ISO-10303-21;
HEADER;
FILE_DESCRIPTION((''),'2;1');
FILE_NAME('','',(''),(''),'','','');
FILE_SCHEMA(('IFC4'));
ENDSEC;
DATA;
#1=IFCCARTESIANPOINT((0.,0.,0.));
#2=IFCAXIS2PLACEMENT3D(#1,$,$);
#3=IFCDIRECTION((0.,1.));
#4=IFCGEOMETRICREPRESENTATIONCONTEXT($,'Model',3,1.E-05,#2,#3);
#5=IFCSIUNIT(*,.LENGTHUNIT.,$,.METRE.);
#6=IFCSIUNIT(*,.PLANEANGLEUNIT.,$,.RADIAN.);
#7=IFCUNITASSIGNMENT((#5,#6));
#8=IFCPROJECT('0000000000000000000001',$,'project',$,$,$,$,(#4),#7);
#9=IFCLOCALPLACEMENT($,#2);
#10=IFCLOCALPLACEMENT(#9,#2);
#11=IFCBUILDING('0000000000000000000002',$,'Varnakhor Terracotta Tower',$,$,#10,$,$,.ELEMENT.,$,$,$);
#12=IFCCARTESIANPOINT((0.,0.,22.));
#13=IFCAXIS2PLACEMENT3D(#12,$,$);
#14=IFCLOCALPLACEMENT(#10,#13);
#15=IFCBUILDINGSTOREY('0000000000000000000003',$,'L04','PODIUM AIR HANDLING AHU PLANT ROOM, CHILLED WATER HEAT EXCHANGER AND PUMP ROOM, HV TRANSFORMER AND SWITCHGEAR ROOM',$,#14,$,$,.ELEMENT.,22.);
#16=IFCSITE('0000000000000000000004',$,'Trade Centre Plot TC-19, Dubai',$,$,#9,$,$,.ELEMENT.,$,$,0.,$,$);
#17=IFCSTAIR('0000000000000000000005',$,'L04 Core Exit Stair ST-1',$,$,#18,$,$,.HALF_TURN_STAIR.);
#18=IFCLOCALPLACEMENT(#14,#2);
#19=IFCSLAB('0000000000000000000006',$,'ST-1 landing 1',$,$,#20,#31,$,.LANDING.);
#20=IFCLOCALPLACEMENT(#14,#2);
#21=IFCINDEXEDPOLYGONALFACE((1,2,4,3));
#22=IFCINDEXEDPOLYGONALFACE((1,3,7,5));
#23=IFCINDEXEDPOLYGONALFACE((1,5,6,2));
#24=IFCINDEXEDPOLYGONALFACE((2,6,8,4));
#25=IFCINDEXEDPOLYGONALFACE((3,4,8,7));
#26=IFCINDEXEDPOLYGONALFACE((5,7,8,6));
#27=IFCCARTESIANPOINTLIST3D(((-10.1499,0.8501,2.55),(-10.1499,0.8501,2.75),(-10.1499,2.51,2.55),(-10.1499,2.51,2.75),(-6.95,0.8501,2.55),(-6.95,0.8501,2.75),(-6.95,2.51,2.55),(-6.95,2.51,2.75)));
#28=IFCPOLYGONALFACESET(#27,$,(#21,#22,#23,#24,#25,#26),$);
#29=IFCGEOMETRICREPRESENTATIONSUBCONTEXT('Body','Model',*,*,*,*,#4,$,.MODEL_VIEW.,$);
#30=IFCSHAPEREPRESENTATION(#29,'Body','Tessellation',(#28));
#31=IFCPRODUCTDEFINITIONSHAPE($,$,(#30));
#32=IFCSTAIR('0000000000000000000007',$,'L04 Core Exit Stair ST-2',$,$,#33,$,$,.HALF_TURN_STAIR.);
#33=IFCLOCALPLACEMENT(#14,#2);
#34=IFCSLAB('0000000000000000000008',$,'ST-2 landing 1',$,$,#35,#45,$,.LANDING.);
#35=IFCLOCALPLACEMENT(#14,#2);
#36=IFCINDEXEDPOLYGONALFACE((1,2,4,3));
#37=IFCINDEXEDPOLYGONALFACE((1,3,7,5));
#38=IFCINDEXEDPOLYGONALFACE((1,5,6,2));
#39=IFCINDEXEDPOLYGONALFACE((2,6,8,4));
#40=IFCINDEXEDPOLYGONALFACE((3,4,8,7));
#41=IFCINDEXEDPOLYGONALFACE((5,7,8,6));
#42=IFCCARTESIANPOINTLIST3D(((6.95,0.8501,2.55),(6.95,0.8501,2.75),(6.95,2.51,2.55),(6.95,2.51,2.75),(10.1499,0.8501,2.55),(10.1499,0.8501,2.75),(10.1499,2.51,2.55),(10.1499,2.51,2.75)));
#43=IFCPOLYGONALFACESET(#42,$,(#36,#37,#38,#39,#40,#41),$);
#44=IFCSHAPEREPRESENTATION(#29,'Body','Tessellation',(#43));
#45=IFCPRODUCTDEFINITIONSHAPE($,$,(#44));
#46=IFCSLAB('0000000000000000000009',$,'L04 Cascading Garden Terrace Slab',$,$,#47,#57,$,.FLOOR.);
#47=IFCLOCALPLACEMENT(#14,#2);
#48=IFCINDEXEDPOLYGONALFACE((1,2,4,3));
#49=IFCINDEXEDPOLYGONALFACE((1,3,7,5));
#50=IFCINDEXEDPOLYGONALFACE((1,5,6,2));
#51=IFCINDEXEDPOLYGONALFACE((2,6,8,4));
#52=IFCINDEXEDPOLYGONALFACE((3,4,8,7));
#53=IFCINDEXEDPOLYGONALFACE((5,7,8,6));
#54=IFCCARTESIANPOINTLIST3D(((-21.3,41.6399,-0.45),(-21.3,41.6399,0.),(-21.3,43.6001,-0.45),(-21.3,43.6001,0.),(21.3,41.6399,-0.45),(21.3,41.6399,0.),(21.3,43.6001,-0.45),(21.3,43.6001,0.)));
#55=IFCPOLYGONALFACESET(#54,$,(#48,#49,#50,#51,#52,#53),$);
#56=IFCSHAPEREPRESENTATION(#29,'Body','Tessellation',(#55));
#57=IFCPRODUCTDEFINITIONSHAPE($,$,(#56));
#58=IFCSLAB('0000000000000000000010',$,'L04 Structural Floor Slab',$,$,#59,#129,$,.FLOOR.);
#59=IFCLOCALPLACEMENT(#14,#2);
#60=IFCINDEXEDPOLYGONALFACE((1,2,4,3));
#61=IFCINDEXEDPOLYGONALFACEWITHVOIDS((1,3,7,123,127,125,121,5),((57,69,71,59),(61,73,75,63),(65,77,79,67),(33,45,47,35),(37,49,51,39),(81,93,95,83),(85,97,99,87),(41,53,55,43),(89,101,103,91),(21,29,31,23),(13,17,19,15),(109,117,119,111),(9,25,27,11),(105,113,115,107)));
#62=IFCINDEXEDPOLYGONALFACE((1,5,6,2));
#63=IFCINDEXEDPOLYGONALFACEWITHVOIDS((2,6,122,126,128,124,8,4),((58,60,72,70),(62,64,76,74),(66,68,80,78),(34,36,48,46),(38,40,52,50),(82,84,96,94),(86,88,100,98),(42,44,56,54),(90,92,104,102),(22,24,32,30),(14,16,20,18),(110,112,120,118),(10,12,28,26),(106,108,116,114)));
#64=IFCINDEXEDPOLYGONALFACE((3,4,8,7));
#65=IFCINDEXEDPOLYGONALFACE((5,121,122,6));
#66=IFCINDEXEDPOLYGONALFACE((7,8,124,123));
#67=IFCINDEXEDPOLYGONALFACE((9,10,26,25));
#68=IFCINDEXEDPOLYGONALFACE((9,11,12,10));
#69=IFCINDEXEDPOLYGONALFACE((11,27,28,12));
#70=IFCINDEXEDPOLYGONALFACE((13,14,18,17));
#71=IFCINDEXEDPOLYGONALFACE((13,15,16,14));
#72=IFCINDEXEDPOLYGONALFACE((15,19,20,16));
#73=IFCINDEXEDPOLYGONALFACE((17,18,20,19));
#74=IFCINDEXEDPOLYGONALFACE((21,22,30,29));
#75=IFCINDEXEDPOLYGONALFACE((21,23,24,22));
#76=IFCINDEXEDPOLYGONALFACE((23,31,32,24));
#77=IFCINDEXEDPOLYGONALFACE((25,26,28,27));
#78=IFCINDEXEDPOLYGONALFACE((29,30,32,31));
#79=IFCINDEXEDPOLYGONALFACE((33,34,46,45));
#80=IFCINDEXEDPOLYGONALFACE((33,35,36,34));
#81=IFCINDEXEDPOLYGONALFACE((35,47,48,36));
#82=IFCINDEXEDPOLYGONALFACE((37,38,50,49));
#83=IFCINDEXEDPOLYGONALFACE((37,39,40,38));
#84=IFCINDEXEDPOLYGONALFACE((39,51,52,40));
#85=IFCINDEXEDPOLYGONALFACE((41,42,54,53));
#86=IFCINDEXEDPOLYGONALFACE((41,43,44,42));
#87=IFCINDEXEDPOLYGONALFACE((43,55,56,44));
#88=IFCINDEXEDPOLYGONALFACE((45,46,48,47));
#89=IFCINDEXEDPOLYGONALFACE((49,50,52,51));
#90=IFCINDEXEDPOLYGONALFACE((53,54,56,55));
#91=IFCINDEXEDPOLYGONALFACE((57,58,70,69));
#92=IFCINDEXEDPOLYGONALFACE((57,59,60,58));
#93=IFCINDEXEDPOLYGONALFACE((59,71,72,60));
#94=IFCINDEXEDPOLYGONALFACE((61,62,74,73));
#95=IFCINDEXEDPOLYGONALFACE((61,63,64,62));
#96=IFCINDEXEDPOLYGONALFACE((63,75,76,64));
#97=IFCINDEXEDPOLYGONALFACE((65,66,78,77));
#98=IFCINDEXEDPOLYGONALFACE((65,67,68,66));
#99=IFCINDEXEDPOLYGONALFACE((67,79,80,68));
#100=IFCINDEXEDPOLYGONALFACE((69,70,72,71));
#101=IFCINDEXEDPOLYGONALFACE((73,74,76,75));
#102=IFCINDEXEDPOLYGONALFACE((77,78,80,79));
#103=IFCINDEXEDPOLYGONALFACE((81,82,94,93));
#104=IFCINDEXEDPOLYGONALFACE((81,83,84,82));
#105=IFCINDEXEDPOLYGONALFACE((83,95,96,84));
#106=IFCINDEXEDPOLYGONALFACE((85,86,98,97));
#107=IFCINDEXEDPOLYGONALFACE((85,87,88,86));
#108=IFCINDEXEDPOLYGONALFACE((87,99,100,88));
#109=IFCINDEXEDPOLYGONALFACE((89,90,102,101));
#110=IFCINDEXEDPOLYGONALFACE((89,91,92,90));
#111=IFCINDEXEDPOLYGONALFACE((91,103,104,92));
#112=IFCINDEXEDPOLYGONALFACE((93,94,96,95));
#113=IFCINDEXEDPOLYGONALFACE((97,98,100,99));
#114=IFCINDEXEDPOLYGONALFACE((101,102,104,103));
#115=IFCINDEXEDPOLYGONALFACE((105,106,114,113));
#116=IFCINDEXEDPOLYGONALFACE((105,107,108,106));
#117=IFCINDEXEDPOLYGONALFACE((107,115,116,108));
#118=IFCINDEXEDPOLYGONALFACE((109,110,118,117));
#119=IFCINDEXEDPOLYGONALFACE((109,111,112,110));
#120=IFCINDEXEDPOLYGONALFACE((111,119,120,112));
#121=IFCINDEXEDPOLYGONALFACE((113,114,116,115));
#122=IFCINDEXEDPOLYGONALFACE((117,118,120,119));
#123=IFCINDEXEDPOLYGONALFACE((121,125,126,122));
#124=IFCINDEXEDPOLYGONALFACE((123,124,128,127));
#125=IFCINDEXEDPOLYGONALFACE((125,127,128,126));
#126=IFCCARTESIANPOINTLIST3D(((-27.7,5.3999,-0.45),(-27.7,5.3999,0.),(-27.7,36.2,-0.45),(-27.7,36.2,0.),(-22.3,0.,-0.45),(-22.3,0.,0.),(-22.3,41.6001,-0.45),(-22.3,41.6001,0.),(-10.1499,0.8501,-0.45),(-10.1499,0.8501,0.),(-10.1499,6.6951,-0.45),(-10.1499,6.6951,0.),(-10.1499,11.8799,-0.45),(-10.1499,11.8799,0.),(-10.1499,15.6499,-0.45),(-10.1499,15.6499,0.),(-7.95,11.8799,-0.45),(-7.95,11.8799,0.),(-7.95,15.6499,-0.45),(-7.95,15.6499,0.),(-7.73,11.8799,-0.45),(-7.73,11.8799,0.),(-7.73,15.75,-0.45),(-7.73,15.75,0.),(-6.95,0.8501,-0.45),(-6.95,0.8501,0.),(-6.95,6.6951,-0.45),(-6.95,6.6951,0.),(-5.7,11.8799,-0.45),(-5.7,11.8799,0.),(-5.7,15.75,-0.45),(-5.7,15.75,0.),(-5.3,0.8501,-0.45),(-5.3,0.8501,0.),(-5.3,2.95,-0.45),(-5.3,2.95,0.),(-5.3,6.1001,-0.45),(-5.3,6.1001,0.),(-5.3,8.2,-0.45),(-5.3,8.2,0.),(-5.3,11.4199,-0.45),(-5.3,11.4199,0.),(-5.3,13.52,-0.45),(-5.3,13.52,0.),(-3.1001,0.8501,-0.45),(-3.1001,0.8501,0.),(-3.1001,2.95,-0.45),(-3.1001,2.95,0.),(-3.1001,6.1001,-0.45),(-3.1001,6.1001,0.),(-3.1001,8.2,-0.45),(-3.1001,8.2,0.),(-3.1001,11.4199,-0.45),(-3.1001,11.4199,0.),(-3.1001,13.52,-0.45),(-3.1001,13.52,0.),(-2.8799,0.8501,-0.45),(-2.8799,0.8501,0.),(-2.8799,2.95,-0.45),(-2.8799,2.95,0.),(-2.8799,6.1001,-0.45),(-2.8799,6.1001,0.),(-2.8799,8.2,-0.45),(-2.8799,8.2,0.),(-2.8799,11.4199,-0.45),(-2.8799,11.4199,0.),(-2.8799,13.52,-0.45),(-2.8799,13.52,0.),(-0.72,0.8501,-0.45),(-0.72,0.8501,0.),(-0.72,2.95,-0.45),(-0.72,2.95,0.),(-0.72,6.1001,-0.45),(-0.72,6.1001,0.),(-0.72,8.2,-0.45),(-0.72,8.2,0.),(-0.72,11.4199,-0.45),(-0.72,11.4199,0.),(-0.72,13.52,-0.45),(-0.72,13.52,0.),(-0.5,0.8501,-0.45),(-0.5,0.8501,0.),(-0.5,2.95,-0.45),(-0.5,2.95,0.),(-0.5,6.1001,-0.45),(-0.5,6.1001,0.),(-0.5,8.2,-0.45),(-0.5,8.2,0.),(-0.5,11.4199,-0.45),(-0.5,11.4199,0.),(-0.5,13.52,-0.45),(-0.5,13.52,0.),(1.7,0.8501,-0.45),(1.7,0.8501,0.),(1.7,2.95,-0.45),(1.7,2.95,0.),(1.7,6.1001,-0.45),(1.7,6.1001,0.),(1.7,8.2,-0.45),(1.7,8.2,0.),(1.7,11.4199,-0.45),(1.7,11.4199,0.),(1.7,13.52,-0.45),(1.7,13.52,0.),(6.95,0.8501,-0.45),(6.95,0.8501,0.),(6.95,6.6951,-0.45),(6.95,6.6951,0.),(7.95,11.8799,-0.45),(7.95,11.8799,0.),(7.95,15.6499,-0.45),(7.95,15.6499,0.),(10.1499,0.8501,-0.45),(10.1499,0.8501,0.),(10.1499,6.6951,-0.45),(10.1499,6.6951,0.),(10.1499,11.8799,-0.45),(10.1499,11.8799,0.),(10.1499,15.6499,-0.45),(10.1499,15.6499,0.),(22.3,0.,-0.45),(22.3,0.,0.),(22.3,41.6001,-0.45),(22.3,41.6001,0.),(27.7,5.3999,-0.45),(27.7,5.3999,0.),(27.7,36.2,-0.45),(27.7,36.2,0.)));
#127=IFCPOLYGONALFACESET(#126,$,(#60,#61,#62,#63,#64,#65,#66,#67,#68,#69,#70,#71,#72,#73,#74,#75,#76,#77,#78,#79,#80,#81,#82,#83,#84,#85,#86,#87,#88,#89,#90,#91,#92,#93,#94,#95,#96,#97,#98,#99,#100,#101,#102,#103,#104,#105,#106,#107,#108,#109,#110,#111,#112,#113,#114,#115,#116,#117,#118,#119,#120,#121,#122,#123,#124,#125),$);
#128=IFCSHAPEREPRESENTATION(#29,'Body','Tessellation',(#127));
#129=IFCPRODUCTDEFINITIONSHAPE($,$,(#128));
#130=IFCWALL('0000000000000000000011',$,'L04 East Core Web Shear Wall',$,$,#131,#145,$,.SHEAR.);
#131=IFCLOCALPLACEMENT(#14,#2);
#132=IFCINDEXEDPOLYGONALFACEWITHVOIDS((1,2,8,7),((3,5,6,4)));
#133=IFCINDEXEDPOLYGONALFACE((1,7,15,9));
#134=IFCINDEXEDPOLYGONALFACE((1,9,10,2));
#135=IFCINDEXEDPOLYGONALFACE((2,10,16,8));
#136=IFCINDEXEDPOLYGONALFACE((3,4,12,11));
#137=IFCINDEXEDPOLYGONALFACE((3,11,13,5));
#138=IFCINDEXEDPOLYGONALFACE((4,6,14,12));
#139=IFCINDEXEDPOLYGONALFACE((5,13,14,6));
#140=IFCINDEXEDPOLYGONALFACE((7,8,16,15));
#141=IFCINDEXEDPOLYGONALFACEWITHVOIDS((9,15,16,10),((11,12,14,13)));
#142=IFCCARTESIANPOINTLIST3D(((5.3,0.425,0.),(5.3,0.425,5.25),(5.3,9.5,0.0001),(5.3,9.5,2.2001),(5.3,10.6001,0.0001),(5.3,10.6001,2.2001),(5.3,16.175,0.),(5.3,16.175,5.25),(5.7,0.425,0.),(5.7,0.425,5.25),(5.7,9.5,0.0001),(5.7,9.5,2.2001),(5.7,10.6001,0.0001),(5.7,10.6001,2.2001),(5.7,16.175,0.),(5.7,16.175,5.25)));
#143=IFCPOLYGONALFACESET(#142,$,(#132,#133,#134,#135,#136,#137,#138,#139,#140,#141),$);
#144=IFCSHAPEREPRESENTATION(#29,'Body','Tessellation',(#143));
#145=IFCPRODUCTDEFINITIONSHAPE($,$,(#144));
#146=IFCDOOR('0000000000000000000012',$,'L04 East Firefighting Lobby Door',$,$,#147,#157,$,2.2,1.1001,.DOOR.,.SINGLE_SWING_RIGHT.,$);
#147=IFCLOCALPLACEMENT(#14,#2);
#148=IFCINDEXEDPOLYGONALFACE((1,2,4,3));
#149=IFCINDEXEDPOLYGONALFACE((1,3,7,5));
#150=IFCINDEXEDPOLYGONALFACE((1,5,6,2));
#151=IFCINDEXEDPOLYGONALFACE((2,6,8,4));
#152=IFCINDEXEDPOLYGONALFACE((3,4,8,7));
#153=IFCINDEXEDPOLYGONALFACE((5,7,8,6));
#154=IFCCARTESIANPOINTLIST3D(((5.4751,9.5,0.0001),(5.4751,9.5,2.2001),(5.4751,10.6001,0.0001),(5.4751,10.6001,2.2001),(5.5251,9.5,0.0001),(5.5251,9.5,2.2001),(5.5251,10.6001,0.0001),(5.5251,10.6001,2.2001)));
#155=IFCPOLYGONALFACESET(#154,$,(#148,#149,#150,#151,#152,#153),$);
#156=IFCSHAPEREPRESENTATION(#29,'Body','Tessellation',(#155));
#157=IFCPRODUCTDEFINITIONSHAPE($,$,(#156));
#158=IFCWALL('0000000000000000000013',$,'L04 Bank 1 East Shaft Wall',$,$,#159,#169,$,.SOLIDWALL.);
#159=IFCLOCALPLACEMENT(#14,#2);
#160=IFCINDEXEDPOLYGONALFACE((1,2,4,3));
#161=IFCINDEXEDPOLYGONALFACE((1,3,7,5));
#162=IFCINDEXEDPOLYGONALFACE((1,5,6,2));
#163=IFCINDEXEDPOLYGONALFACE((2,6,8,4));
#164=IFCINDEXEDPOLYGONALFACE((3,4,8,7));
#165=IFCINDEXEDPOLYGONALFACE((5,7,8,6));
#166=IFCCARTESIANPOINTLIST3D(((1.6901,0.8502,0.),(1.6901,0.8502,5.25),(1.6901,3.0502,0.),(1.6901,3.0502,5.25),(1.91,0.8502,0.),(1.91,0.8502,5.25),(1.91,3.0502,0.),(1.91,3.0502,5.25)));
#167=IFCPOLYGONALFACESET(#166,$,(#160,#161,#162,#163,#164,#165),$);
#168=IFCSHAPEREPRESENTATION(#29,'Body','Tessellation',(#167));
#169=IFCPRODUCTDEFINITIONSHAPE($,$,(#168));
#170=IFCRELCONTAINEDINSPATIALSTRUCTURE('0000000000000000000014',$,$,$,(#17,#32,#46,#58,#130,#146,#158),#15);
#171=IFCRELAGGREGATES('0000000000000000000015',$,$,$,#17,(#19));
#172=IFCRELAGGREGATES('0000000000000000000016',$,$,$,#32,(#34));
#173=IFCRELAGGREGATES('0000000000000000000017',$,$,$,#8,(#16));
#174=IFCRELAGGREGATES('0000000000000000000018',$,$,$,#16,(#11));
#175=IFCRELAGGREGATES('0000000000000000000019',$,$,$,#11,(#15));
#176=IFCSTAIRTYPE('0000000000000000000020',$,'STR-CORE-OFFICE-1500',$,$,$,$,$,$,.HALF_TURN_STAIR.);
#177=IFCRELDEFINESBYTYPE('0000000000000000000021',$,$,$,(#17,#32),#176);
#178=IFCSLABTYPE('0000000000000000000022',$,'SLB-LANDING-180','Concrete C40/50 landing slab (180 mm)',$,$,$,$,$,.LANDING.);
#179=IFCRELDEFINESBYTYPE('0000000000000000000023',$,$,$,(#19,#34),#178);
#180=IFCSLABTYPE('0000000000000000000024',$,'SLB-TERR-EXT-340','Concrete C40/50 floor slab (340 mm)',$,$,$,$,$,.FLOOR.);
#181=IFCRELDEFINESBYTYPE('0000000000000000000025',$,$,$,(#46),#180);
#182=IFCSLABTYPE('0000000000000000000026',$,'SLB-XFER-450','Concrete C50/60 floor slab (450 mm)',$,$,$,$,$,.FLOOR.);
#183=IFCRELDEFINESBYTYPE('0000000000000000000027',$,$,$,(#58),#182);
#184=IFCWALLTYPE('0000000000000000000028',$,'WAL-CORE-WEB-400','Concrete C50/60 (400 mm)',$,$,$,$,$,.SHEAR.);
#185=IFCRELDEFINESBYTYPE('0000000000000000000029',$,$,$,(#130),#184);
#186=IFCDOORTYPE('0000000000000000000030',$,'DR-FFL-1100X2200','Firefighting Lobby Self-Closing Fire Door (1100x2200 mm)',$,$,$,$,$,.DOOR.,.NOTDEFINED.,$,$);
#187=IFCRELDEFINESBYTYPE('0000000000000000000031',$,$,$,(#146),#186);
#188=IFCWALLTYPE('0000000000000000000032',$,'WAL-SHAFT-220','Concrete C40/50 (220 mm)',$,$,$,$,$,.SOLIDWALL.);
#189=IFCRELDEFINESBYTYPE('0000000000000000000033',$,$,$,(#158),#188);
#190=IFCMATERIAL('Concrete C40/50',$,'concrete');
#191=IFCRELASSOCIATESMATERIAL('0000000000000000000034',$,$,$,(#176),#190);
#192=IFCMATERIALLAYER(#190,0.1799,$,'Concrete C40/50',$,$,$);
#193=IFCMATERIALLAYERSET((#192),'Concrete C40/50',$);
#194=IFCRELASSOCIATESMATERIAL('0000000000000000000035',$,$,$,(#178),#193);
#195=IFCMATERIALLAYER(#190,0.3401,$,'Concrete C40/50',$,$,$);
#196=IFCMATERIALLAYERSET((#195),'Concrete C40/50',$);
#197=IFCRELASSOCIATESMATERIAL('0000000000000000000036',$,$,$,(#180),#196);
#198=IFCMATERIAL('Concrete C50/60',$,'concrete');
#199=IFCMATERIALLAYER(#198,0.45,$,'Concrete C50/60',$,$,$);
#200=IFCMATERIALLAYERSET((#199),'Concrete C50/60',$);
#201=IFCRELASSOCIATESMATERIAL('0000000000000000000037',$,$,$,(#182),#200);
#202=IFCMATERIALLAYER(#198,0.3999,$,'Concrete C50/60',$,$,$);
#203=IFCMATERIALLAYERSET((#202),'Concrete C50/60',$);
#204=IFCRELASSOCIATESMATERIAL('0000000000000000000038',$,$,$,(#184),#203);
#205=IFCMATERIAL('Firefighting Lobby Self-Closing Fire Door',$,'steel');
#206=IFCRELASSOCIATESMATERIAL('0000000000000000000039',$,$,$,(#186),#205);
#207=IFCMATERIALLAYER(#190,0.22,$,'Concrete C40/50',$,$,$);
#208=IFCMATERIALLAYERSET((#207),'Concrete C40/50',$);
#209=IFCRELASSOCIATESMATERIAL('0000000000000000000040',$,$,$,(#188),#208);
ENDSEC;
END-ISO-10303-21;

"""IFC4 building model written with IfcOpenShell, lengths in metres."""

from ifc_helpers import new_model, si_unit, direction, frame, frame_2d, origin, place, context, subcontext, project, spatial, polyline, rectangle, outline, extrude, source, transform, mapped, material, layer, layer_set, type_object, type_shapes, element, fill, aggregate, save


model = new_model("IFC4")

# Units and contexts
model_context = context("Model", 3, precision=1e-05, world=origin(), true_north=direction((0.0, 1.0)))
body_context = subcontext(model_context, "Body", "Model", "MODEL_VIEW")
ifc_project = project(units=[si_unit("LENGTHUNIT", "METRE"), si_unit("PLANEANGLEUNIT", "RADIAN")], contexts=[model_context])

# Site, building, storey
site_placement = place(None, origin())
site = spatial("IfcSite", under=ifc_project, at=site_placement, Name="Trade Centre Plot TC-19, Dubai", CompositionType="ELEMENT", RefElevation=0.0)
building_placement = place(site_placement, origin())
building = spatial("IfcBuilding", under=site, at=building_placement, Name="Varnakhor Terracotta Tower", CompositionType="ELEMENT")
storey_placement = place(building_placement, frame((0.0, 0.0, 22.0)))
storey = spatial("IfcBuildingStorey", under=building, at=storey_placement, Name="L04", Description="PODIUM AIR HANDLING AHU PLANT ROOM, CHILLED WATER HEAT EXCHANGER AND PUMP ROOM, HV TRANSFORMER AND SWITCHGEAR ROOM", CompositionType="ELEMENT", Elevation=22.0)

# Stairs, slabs
ifc_material_1 = material(Name="Concrete C40/50", Category="concrete")
stair_type = type_object("IfcStairType", Name="STR-CORE-OFFICE-1500", PredefinedType="HALF_TURN_STAIR", material=ifc_material_1)
stair_1_placement = place(storey_placement, origin())
stair_1 = element("IfcStair", 1, at=stair_1_placement, inside=storey, type_object=stair_type, Name="L04 Core Exit Stair ST-1", PredefinedType="HALF_TURN_STAIR")
ifc_layer_1 = layer(ifc_material_1, 0.1799, Name="Concrete C40/50")
ifc_layer_set_1 = layer_set([ifc_layer_1], Name="Concrete C40/50")
slab_type_1 = type_object("IfcSlabType", Name="SLB-LANDING-180", Description="Concrete C40/50 landing slab (180 mm)", PredefinedType="LANDING", material=ifc_layer_set_1)
slab_1_placement = place(storey_placement, frame((0.0, 0.0, 2.55)))
slab_1 = element("IfcSlab", 2, at=slab_1_placement, type_object=slab_type_1, Name="ST-1 landing 1", PredefinedType="LANDING", context=body_context, shape_type="SweptSolid", body=[
    extrude(outline(polyline([(-10.1499, 2.51), (-10.1499, 0.8501), (-6.95, 0.8501), (-6.95, 2.51), (-10.1499, 2.51)])), origin(), (0.0, 0.0, 1.0), 0.2),
])
aggregate(stair_1, [slab_1])
stair_2_placement = place(storey_placement, origin())
stair_2 = element("IfcStair", 3, at=stair_2_placement, inside=storey, type_object=stair_type, Name="L04 Core Exit Stair ST-2", PredefinedType="HALF_TURN_STAIR")
slab_2_placement = place(storey_placement, frame((0.0, 0.0, 2.55)))
slab_2 = element("IfcSlab", 4, at=slab_2_placement, type_object=slab_type_1, Name="ST-2 landing 1", PredefinedType="LANDING", context=body_context, shape_type="SweptSolid", body=[
    extrude(outline(polyline([(6.95, 2.51), (6.95, 0.8501), (10.1499, 0.8501), (10.1499, 2.51), (6.95, 2.51)])), origin(), (0.0, 0.0, 1.0), 0.2),
])
aggregate(stair_2, [slab_2])

# Slabs
ifc_layer_2 = layer(ifc_material_1, 0.3401, Name="Concrete C40/50")
ifc_layer_set_2 = layer_set([ifc_layer_2], Name="Concrete C40/50")
slab_type_2 = type_object("IfcSlabType", Name="SLB-TERR-EXT-340", Description="Concrete C40/50 floor slab (340 mm)", PredefinedType="FLOOR", material=ifc_layer_set_2)
slab_3_placement = place(storey_placement, frame((0.0, 0.0, -0.45)))
element("IfcSlab", 5, at=slab_3_placement, inside=storey, type_object=slab_type_2, Name="L04 Cascading Garden Terrace Slab", PredefinedType="FLOOR", context=body_context, shape_type="SweptSolid", body=[
    extrude(outline(polyline([(-21.3, 43.6001), (21.3, 43.6001), (21.3, 41.6399), (-21.3, 41.6399), (-21.3, 43.6001)])), origin(), (0.0, 0.0, 1.0), 0.45),
])
ifc_material_2 = material(Name="Concrete C50/60", Category="concrete")
ifc_layer_3 = layer(ifc_material_2, 0.45, Name="Concrete C50/60")
ifc_layer_set_3 = layer_set([ifc_layer_3], Name="Concrete C50/60")
slab_type_3 = type_object("IfcSlabType", Name="SLB-XFER-450", Description="Concrete C50/60 floor slab (450 mm)", PredefinedType="FLOOR", material=ifc_layer_set_3)
slab_4_placement = place(storey_placement, frame((0.0, 0.0, -0.45)))
element("IfcSlab", 6, at=slab_4_placement, inside=storey, type_object=slab_type_3, Name="L04 Structural Floor Slab", PredefinedType="FLOOR", context=body_context, shape_type="SweptSolid", body=[
    extrude(outline(polyline([(-27.7, 5.3999), (-27.7, 36.2), (-22.3, 41.6001), (22.3, 41.6001), (27.7, 36.2), (27.7, 5.3999), (22.3, 0.0), (-22.3, 0.0), (-27.7, 5.3999)]), holes=[polyline([(-3.1001, 0.8501), (-3.1001, 2.95), (-5.3, 2.95), (-5.3, 0.8501), (-3.1001, 0.8501)]), polyline([(-2.8799, 0.8501), (-0.72, 0.8501), (-0.72, 2.95), (-2.8799, 2.95), (-2.8799, 0.8501)]), polyline([(-10.1499, 0.8501), (-6.95, 0.8501), (-6.95, 6.6951), (-10.1499, 6.6951), (-10.1499, 0.8501)]), polyline([(-5.3, 6.1001), (-3.1001, 6.1001), (-3.1001, 8.2), (-5.3, 8.2), (-5.3, 6.1001)]), polyline([(-5.3, 11.4199), (-3.1001, 11.4199), (-3.1001, 13.52), (-5.3, 13.52), (-5.3, 11.4199)]), polyline([(-10.1499, 11.8799), (-7.95, 11.8799), (-7.95, 15.6499), (-10.1499, 15.6499), (-10.1499, 11.8799)]), polyline([(-7.73, 11.8799), (-5.7, 11.8799), (-5.7, 15.75), (-7.73, 15.75), (-7.73, 11.8799)]), polyline([(1.7, 0.8501), (1.7, 2.95), (-0.5, 2.95), (-0.5, 0.8501), (1.7, 0.8501)]), polyline([(6.95, 0.8501), (10.1499, 0.8501), (10.1499, 6.6951), (6.95, 6.6951), (6.95, 0.8501)]), polyline([(-2.8799, 6.1001), (-0.72, 6.1001), (-0.72, 8.2), (-2.8799, 8.2), (-2.8799, 6.1001)]), polyline([(-0.5, 6.1001), (1.7, 6.1001), (1.7, 8.2), (-0.5, 8.2), (-0.5, 6.1001)]), polyline([(-2.8799, 11.4199), (-0.72, 11.4199), (-0.72, 13.52), (-2.8799, 13.52), (-2.8799, 11.4199)]), polyline([(-0.5, 11.4199), (1.7, 11.4199), (1.7, 13.52), (-0.5, 13.52), (-0.5, 11.4199)]), polyline([(7.95, 11.8799), (10.1499, 11.8799), (10.1499, 15.6499), (7.95, 15.6499), (7.95, 11.8799)])]), origin(), (0.0, 0.0, 1.0), 0.45),
])

# Wall, opening, door
ifc_layer_4 = layer(ifc_material_2, 0.3999, Name="Concrete C50/60")
ifc_layer_set_4 = layer_set([ifc_layer_4], Name="Concrete C50/60")
wall_type_1 = type_object("IfcWallType", Name="WAL-CORE-WEB-400", Description="Concrete C50/60 (400 mm)", PredefinedType="SHEAR", material=ifc_layer_set_4)
wall_1_placement = place(storey_placement, frame((5.5, 0.425, 0.0), z_axis=(0.0, 0.0, 1.0), x_axis=(0.0, 1.0, 0.0)))
wall_1 = element("IfcWall", 7, at=wall_1_placement, inside=storey, type_object=wall_type_1, Name="L04 East Core Web Shear Wall", PredefinedType="SHEAR", context=body_context, shape_type="SweptSolid", body=[
    extrude(rectangle(XDim=15.75, YDim=0.3999, at=frame_2d((7.875, 0.0))), origin(), (0.0, 0.0, 1.0), 5.25),
])
opening_1_placement = place(wall_1_placement, frame((9.075, 0.0, 0.0)))
opening_1 = element("IfcOpeningElement", 8, at=opening_1_placement, cuts=wall_1, PredefinedType="OPENING", context=body_context, shape_type="SweptSolid", body=[
    extrude(rectangle(XDim=1.1001, YDim=2.2, at=frame_2d((0.55, 1.1001))), frame((0.0, 0.21, 0.0), z_axis=(0.0, -1.0, 0.0), x_axis=(1.0, 0.0, 0.0)), (0.0, 0.0, 1.0), 0.4199),
])
ifc_material_3 = material(Name="Firefighting Lobby Self-Closing Fire Door", Category="steel")
door_type_1 = type_object("IfcDoorType", Name="DR-FFL-1100X2200", Description="Firefighting Lobby Self-Closing Fire Door (1100x2200 mm)", OperationType="NOTDEFINED", PredefinedType="DOOR", material=ifc_material_3)
shared_shape_1 = source(origin(), body_context, "Body", "SweptSolid", [
    extrude(rectangle(XDim=1.1001, YDim=2.2, at=frame_2d((0.55, 1.1001))), frame((0.0, 0.0249, 0.0), z_axis=(0.0, -1.0, 0.0), x_axis=(1.0, 0.0, 0.0)), (0.0, 0.0, 1.0), 0.05),
])
type_shapes(door_type_1, [shared_shape_1])
door_1_placement = place(opening_1_placement, origin())
door_1 = element("IfcDoor", 9, at=door_1_placement, inside=storey, type_object=door_type_1, Name="L04 East Firefighting Lobby Door", OperationType="SINGLE_SWING_RIGHT", OverallHeight=2.2, OverallWidth=1.1001, PredefinedType="DOOR", context=body_context, shape_type="MappedRepresentation", body=[
    mapped(shared_shape_1, transform((0.0, 0.0, 0.0), scale=1.0)),
])
fill(opening_1, door_1)

# Wall
ifc_layer_5 = layer(ifc_material_1, 0.22, Name="Concrete C40/50")
ifc_layer_set_5 = layer_set([ifc_layer_5], Name="Concrete C40/50")
wall_type_2 = type_object("IfcWallType", Name="WAL-SHAFT-220", Description="Concrete C40/50 (220 mm)", PredefinedType="SOLIDWALL", material=ifc_layer_set_5)
wall_2_placement = place(storey_placement, frame((1.8, 0.8501, 0.0), z_axis=(0.0, 0.0, 1.0), x_axis=(0.0, 1.0, 0.0)))
element("IfcWall", 10, at=wall_2_placement, inside=storey, type_object=wall_type_2, Name="L04 Bank 1 East Shaft Wall", PredefinedType="SOLIDWALL", context=body_context, shape_type="SweptSolid", body=[
    extrude(rectangle(XDim=2.2, YDim=0.22, at=frame_2d((1.1001, 0.0))), origin(), (0.0, 0.0, 1.0), 5.25),
])

save(model, "model.ifc")
